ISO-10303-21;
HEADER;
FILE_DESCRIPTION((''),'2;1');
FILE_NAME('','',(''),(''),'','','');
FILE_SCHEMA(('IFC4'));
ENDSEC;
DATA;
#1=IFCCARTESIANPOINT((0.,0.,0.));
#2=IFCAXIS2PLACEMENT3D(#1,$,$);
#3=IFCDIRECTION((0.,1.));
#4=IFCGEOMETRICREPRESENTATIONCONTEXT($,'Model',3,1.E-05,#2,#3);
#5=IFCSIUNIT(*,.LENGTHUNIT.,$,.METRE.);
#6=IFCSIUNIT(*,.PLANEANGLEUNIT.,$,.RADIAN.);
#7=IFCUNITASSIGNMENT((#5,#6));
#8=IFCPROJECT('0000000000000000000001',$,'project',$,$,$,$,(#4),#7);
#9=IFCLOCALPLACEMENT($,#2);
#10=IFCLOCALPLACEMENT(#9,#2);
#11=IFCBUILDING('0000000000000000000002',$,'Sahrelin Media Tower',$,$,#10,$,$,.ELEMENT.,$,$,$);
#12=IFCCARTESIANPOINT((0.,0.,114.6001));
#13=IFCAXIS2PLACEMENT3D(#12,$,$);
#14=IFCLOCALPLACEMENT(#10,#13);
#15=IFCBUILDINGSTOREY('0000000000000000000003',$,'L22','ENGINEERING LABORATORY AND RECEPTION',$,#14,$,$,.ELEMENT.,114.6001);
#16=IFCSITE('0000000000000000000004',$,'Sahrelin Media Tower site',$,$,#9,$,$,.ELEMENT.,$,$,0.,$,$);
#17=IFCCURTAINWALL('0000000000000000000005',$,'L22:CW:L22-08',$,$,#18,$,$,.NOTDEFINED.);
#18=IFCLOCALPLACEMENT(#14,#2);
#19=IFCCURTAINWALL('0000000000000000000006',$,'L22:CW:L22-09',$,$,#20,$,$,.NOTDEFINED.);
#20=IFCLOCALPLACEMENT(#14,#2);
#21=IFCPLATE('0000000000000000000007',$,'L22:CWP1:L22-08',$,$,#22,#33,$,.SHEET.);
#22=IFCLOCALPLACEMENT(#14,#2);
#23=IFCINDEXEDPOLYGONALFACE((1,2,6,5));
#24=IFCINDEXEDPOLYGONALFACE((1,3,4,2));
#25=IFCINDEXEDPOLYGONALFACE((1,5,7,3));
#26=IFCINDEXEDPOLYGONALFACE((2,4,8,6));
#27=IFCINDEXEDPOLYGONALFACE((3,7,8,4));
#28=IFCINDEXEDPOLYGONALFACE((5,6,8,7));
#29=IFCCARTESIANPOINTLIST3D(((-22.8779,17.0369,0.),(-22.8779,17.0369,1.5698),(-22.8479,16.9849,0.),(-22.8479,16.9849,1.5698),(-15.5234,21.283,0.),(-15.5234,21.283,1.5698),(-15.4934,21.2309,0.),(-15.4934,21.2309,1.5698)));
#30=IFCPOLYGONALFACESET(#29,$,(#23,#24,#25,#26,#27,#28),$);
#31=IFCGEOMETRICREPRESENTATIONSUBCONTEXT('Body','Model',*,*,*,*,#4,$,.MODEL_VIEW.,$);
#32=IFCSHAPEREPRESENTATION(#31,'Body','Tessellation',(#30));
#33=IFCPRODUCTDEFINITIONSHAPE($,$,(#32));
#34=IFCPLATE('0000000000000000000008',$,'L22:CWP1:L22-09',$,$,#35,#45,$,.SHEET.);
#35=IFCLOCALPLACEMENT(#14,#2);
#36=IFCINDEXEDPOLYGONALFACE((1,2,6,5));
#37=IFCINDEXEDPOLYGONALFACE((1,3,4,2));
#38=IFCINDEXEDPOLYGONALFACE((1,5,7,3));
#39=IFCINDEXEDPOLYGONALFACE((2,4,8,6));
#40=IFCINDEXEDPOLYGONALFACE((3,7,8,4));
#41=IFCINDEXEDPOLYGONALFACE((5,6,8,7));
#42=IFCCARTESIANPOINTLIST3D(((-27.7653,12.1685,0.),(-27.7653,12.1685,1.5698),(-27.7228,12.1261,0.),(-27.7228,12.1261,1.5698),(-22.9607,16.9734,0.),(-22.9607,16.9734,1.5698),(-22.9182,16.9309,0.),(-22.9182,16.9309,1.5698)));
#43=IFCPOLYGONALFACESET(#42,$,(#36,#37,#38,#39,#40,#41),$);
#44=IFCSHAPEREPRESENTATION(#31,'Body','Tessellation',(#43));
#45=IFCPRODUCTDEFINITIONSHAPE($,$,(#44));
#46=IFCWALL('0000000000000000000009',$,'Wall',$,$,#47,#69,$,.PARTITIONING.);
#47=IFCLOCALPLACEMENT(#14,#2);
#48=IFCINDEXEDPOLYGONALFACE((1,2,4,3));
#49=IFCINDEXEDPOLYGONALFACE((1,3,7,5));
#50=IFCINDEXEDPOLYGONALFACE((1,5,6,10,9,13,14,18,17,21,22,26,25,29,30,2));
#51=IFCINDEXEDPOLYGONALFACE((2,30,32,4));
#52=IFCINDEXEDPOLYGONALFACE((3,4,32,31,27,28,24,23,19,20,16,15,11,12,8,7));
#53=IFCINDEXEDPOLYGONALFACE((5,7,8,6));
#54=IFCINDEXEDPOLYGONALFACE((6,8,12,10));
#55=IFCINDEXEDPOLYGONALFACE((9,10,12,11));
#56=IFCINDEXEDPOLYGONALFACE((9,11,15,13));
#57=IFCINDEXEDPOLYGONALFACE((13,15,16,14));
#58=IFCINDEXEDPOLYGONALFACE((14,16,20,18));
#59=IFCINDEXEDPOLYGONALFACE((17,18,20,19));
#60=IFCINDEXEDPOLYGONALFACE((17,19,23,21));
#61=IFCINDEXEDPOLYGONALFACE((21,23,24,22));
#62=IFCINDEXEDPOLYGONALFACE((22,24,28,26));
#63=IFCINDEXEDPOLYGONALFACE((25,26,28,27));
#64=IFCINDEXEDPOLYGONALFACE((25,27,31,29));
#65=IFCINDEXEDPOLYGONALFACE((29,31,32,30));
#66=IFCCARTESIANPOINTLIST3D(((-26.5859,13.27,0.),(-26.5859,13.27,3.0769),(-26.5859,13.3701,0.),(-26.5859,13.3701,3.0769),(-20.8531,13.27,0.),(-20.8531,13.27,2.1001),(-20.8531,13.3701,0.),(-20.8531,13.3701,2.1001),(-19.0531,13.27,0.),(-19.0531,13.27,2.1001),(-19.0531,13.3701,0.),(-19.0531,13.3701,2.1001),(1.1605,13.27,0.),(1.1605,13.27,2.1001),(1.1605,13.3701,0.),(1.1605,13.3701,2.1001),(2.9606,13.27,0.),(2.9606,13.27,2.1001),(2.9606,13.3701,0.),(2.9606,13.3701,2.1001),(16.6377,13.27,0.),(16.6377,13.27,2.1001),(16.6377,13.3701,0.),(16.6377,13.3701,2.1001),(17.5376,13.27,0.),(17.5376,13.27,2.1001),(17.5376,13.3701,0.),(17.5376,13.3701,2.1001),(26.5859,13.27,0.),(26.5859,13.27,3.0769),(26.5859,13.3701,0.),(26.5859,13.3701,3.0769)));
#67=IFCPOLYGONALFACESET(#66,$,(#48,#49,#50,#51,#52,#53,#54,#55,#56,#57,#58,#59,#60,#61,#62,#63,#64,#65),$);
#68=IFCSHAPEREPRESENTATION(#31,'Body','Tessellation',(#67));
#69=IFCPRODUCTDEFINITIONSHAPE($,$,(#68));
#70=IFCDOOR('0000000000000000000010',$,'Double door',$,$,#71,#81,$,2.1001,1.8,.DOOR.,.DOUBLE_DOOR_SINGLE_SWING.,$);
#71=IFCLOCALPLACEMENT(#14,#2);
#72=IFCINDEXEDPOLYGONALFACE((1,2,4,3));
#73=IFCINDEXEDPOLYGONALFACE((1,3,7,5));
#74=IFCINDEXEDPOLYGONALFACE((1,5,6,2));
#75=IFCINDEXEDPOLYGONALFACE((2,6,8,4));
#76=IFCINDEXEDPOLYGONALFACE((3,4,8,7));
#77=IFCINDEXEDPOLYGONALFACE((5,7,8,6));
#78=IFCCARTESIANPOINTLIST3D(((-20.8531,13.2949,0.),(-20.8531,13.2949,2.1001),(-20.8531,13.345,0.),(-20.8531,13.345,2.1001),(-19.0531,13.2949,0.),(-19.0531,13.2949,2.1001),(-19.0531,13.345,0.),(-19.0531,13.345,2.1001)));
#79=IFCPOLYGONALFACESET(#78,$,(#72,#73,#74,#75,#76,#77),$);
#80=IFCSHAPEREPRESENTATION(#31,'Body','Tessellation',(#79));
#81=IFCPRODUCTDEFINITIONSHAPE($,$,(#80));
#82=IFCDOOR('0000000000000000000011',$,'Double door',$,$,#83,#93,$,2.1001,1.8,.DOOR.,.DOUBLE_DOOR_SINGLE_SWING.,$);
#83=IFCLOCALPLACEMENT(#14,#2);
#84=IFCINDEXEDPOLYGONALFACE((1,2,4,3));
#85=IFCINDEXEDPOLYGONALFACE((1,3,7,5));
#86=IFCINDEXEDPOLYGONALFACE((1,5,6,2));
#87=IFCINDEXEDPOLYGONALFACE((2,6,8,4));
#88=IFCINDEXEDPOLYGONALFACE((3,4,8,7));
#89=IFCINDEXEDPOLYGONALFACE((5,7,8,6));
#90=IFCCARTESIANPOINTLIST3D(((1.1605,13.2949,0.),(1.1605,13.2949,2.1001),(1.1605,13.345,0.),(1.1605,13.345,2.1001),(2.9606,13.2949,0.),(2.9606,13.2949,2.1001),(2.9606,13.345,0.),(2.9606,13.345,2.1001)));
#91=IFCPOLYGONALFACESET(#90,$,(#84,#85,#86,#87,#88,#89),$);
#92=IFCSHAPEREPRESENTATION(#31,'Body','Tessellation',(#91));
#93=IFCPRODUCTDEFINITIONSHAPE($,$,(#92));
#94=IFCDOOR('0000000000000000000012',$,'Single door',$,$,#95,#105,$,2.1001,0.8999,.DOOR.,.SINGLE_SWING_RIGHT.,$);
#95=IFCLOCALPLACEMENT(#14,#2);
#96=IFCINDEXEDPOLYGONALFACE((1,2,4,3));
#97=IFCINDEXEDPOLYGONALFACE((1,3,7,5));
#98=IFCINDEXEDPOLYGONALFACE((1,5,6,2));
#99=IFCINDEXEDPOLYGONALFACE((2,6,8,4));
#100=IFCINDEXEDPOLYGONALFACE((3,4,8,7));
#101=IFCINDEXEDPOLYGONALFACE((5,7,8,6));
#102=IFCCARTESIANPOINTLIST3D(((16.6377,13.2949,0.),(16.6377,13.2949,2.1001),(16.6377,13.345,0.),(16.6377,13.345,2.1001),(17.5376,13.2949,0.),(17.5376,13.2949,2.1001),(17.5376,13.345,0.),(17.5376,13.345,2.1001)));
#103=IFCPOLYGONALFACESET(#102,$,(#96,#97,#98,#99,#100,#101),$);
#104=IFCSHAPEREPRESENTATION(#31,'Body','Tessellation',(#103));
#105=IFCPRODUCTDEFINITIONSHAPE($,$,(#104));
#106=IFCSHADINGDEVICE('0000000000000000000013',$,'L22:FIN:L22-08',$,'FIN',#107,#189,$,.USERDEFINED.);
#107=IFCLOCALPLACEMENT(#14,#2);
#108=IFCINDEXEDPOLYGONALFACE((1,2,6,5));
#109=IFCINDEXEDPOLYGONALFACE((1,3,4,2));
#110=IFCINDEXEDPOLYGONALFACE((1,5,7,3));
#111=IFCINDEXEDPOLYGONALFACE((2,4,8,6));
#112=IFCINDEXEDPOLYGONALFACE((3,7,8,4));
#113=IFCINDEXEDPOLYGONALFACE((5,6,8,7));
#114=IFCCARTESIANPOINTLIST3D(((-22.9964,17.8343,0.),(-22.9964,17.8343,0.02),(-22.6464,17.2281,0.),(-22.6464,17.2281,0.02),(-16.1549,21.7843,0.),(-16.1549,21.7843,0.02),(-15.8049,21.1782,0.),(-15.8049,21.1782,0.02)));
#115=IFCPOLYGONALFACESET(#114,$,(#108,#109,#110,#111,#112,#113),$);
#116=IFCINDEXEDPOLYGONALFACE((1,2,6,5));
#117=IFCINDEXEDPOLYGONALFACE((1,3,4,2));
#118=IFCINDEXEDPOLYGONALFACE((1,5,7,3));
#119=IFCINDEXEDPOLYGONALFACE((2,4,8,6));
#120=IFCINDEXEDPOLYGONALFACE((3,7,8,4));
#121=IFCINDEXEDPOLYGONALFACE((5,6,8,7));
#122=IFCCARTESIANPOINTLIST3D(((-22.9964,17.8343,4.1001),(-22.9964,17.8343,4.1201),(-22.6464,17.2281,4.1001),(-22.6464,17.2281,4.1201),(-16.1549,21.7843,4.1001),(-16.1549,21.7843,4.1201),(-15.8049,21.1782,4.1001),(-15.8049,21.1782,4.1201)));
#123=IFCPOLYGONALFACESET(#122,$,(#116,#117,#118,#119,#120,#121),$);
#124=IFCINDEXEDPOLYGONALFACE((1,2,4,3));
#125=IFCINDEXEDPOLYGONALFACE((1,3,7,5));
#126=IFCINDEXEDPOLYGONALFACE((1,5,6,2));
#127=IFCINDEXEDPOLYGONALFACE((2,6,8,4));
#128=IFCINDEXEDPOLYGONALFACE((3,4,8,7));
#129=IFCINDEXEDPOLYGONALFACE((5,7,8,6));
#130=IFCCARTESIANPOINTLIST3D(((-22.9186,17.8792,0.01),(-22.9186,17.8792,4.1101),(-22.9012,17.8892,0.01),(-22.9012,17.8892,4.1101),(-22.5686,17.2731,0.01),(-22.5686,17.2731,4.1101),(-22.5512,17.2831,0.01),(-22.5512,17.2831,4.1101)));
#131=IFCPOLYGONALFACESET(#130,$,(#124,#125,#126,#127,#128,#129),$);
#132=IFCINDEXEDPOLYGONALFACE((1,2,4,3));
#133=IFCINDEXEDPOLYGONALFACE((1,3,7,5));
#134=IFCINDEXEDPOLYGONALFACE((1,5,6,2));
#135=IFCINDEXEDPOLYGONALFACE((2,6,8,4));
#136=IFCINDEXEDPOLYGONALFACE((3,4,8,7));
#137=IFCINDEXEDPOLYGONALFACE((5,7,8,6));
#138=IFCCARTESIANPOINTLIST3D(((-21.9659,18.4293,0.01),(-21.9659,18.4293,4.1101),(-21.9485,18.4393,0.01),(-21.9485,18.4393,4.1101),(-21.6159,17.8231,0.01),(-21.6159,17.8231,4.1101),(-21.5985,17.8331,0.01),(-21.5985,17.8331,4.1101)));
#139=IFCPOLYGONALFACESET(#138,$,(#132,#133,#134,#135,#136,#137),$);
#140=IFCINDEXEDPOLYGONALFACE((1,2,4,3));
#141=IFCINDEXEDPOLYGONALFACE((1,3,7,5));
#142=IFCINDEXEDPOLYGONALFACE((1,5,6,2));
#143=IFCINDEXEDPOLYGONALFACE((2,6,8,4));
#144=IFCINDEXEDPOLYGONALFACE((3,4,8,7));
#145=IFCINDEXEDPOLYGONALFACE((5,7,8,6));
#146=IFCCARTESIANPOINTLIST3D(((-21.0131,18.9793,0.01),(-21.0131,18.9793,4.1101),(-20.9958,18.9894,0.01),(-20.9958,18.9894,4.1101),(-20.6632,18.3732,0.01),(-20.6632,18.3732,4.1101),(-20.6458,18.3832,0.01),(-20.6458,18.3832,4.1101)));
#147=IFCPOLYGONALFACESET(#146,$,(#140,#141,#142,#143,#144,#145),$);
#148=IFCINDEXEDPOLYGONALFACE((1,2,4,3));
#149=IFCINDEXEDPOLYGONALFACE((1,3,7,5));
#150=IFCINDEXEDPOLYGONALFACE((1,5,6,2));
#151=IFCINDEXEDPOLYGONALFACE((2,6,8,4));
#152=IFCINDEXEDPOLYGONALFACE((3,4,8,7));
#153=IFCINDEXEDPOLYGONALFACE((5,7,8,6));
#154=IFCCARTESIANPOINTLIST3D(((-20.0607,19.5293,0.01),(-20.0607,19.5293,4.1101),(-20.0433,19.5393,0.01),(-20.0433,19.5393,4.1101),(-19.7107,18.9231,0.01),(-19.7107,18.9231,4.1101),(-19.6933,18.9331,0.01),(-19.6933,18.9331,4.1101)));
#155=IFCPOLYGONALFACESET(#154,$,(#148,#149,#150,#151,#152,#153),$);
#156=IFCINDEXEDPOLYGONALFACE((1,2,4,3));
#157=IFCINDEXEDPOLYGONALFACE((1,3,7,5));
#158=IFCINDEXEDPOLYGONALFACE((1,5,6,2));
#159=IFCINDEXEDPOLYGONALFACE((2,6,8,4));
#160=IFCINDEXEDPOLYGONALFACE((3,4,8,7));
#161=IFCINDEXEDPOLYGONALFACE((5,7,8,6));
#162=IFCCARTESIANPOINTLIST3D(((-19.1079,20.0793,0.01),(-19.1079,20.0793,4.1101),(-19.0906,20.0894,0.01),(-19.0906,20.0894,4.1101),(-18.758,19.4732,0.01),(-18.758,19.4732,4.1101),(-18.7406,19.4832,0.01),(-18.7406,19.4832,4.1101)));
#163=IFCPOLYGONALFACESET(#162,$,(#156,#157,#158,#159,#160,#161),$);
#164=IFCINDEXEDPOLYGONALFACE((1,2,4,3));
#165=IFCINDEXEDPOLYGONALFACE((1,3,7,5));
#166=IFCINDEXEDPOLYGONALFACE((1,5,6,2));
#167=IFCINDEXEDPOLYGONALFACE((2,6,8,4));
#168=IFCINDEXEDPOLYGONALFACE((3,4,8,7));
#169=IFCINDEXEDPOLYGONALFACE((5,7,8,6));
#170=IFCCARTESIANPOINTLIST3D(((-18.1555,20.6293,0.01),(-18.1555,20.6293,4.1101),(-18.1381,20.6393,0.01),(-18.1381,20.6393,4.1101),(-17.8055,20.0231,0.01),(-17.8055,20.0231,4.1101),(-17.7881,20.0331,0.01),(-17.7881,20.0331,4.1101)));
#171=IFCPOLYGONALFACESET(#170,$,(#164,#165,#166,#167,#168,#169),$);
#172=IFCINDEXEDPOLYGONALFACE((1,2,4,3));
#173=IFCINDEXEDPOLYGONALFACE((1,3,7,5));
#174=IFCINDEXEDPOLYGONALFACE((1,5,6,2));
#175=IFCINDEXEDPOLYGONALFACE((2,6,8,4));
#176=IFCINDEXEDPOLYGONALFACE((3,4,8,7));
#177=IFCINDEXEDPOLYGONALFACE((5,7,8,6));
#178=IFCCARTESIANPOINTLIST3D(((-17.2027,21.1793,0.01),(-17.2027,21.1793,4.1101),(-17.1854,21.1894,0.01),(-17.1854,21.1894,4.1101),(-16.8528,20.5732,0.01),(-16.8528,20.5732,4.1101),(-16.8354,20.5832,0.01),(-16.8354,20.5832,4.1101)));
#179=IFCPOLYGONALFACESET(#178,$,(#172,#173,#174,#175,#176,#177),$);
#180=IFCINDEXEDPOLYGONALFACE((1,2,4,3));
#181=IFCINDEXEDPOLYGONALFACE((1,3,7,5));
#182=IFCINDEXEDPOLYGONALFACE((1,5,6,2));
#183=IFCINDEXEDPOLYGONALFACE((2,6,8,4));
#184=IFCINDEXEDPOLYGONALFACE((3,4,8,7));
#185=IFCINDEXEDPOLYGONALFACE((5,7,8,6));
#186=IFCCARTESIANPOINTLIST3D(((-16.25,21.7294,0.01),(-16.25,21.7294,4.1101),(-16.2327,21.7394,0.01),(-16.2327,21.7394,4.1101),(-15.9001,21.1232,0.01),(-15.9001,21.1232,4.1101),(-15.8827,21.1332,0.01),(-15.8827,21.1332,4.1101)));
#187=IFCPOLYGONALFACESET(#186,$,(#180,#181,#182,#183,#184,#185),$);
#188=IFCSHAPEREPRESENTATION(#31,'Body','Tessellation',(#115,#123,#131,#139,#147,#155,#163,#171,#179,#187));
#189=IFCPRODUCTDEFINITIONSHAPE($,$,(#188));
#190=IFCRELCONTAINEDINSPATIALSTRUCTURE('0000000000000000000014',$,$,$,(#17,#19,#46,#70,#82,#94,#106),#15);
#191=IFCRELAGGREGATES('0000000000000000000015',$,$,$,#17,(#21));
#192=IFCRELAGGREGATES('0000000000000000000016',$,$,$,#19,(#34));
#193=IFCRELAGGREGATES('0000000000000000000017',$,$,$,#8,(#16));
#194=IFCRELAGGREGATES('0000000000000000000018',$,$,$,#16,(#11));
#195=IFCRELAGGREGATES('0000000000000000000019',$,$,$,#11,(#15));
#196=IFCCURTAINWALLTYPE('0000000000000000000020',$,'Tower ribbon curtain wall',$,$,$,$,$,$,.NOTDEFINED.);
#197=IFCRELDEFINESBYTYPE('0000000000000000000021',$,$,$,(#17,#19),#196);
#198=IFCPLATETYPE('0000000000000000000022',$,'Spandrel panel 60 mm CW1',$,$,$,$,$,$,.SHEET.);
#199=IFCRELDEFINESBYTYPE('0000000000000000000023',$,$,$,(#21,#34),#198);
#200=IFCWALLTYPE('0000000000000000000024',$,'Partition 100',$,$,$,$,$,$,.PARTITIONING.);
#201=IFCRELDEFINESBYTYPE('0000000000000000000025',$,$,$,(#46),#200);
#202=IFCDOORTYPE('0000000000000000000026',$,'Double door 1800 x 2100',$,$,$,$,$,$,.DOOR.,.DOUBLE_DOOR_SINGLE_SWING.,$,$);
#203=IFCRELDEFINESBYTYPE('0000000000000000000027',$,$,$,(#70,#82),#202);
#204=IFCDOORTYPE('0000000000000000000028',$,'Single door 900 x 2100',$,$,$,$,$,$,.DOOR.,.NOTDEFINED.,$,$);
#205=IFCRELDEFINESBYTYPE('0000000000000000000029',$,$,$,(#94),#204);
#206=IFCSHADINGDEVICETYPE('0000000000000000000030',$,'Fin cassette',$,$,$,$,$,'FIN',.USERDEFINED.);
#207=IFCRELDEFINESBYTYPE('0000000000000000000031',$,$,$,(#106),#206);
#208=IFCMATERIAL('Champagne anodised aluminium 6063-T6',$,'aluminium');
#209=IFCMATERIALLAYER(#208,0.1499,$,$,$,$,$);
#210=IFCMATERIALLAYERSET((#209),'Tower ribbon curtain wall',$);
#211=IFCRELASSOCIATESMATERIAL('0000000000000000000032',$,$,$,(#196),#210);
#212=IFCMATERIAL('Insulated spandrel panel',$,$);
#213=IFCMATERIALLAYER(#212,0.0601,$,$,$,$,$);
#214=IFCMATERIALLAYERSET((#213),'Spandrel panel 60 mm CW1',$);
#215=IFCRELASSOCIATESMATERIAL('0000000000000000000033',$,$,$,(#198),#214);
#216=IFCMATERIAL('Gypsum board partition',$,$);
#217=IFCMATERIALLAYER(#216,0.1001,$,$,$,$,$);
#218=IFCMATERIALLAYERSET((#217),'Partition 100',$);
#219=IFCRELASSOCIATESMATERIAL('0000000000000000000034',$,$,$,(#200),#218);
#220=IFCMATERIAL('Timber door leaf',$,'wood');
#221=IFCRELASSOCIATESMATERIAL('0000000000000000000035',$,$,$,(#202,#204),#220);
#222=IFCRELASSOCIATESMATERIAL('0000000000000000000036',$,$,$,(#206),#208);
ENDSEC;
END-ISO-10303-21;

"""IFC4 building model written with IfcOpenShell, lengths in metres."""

from ifc_helpers import new_model, si_unit, direction, frame, frame_2d, origin, origin_2d, place, context, subcontext, project, spatial, polyline, rectangle, outline, extrude, material, layer, layer_set, type_object, element, fill, aggregate, save


model = new_model("IFC4")

# Units and contexts
model_context = context("Model", 3, precision=1e-05, world=origin(), true_north=direction((0.0, 1.0)))
body_context = subcontext(model_context, "Body", "Model", "MODEL_VIEW")
ifc_project = project(units=[si_unit("LENGTHUNIT", "METRE"), si_unit("PLANEANGLEUNIT", "RADIAN")], contexts=[model_context])

# Site, building, storey
site_placement = place(None, origin())
site = spatial("IfcSite", under=ifc_project, at=site_placement, Name="Sahrelin Media Tower site", CompositionType="ELEMENT", RefElevation=0.0)
building_placement = place(site_placement, origin())
building = spatial("IfcBuilding", under=site, at=building_placement, Name="Sahrelin Media Tower", CompositionType="ELEMENT")
storey_placement = place(building_placement, frame((0.0, 0.0, 114.6001)))
storey = spatial("IfcBuildingStorey", under=building, at=storey_placement, Name="L22", Description="ENGINEERING LABORATORY AND RECEPTION", CompositionType="ELEMENT", Elevation=114.6001)

# Curtain walls
ifc_material_1 = material(Name="Champagne anodised aluminium 6063-T6", Category="aluminium")
ifc_layer_1 = layer(ifc_material_1, 0.1499)
ifc_layer_set_1 = layer_set([ifc_layer_1], Name="Tower ribbon curtain wall")
curtain_wall_type = type_object("IfcCurtainWallType", Name="Tower ribbon curtain wall", PredefinedType="NOTDEFINED", material=ifc_layer_set_1)
curtain_wall_1_placement = place(storey_placement, frame((-19.1907, 19.1426, 0.0), z_axis=(0.0, 0.0, 1.0), x_axis=(1.0, 0.0, 0.0)))
curtain_wall_1 = element("IfcCurtainWall", 1, at=curtain_wall_1_placement, inside=storey, type_object=curtain_wall_type, Name="L22:CW:L22-08", PredefinedType="NOTDEFINED")
curtain_wall_2_placement = place(storey_placement, frame((-25.3489, 14.5569, 0.0), z_axis=(0.0, 0.0, 1.0), x_axis=(1.0, 0.0, 0.0)))
curtain_wall_2 = element("IfcCurtainWall", 2, at=curtain_wall_2_placement, inside=storey, type_object=curtain_wall_type, Name="L22:CW:L22-09", PredefinedType="NOTDEFINED")

# Plates
ifc_material_2 = material(Name="Insulated spandrel panel")
ifc_layer_2 = layer(ifc_material_2, 0.0601)
ifc_layer_set_2 = layer_set([ifc_layer_2], Name="Spandrel panel 60 mm CW1")
plate_type_1 = type_object("IfcPlateType", Name="Spandrel panel 60 mm CW1", PredefinedType="SHEET", material=ifc_layer_set_2)
plate_1_placement = place(storey_placement, frame((-15.5234, 21.283, 0.0), z_axis=(-0.499998, 0.866027, 0.0), x_axis=(-0.866027, -0.499998, 0.0)))
plate_1 = element("IfcPlate", 3, at=plate_1_placement, type_object=plate_type_1, Name="L22:CWP1:L22-08", PredefinedType="SHEET", context=body_context, shape_type="SweptSolid", body=[
    extrude(outline(polyline([(0.0, 0.0), (8.4922, 0.0), (8.4922, 1.5698), (0.0, 1.5698), (0.0, 0.0)])), origin(), (0.0, 0.0, -1.0), 0.0601),
])
aggregate(curtain_wall_1, [plate_1])
plate_2_placement = place(storey_placement, frame((-22.9607, 16.9734, 0.0), z_axis=(-0.707125, 0.707089, 0.0), x_axis=(-0.707089, -0.707125, 0.0)))
plate_2 = element("IfcPlate", 4, at=plate_2_placement, type_object=plate_type_1, Name="L22:CWP1:L22-09", PredefinedType="SHEET", context=body_context, shape_type="SweptSolid", body=[
    extrude(outline(polyline([(0.0, 0.0), (6.7949, 0.0), (6.7949, 1.5698), (0.0, 1.5698), (0.0, 0.0)])), origin(), (0.0, 0.0, -1.0), 0.0601),
])
aggregate(curtain_wall_2, [plate_2])

# Wall, openings, doors
ifc_material_3 = material(Name="Gypsum board partition")
ifc_layer_3 = layer(ifc_material_3, 0.1001)
ifc_layer_set_3 = layer_set([ifc_layer_3], Name="Partition 100")
wall_type = type_object("IfcWallType", Name="Partition 100", PredefinedType="PARTITIONING", material=ifc_layer_set_3)
wall_placement = place(storey_placement, frame((-26.5859, 13.3201, 0.0), z_axis=(0.0, 0.0, 1.0), x_axis=(1.0, 0.0, 0.0)))
wall = element("IfcWall", 5, at=wall_placement, inside=storey, type_object=wall_type, Name="Wall", PredefinedType="PARTITIONING", context=body_context, shape_type="SweptSolid", body=[
    extrude(rectangle(XDim=53.1719, YDim=0.1001, at=frame_2d((26.5859, 0.0))), origin(), (0.0, 0.0, 1.0), 3.0769),
])
opening_1_placement = place(wall_placement, frame((5.7329, 0.0, 0.0)))
opening_1 = element("IfcOpeningElement", 6, at=opening_1_placement, cuts=wall, PredefinedType="OPENING", context=body_context, shape_type="SweptSolid", body=[
    extrude(rectangle(XDim=1.8, YDim=2.1001, at=frame_2d((0.8999, 1.05))), frame((0.0, 0.05, 0.0), z_axis=(0.0, -1.0, 0.0), x_axis=(1.0, 0.0, 0.0)), (0.0, 0.0, 1.0), 0.1001),
])
opening_2_placement = place(wall_placement, frame((43.2236, 0.0, 0.0)))
opening_2 = element("IfcOpeningElement", 7, at=opening_2_placement, cuts=wall, PredefinedType="OPENING", context=body_context, shape_type="SweptSolid", body=[
    extrude(rectangle(XDim=0.8999, YDim=2.1001, at=frame_2d((0.45, 1.05))), frame((0.0, 0.05, 0.0), z_axis=(0.0, -1.0, 0.0), x_axis=(1.0, 0.0, 0.0)), (0.0, 0.0, 1.0), 0.1001),
])
opening_3_placement = place(wall_placement, frame((27.7466, 0.0, 0.0)))
opening_3 = element("IfcOpeningElement", 8, at=opening_3_placement, cuts=wall, PredefinedType="OPENING", context=body_context, shape_type="SweptSolid", body=[
    extrude(rectangle(XDim=1.8, YDim=2.1001, at=frame_2d((0.8999, 1.05))), frame((0.0, 0.05, 0.0), z_axis=(0.0, -1.0, 0.0), x_axis=(1.0, 0.0, 0.0)), (0.0, 0.0, 1.0), 0.1001),
])
ifc_material_4 = material(Name="Timber door leaf", Category="wood")
door_type_1 = type_object("IfcDoorType", Name="Double door 1800 x 2100", OperationType="DOUBLE_DOOR_SINGLE_SWING", PredefinedType="DOOR", material=ifc_material_4)
door_1_placement = place(opening_1_placement, origin())
door_1 = element("IfcDoor", 9, at=door_1_placement, inside=storey, type_object=door_type_1, Name="Double door", OperationType="DOUBLE_DOOR_SINGLE_SWING", OverallHeight=2.1001, OverallWidth=1.8, PredefinedType="DOOR", context=body_context, shape_type="SweptSolid", body=[
    extrude(rectangle(XDim=1.8, YDim=2.1001, at=frame_2d((0.8999, 1.05))), frame((0.0, 0.0249, 0.0), z_axis=(0.0, -1.0, 0.0), x_axis=(1.0, 0.0, 0.0)), (0.0, 0.0, 1.0), 0.05),
])
fill(opening_1, door_1)
door_2_placement = place(opening_3_placement, origin())
door_2 = element("IfcDoor", 10, at=door_2_placement, inside=storey, type_object=door_type_1, Name="Double door", OperationType="DOUBLE_DOOR_SINGLE_SWING", OverallHeight=2.1001, OverallWidth=1.8, PredefinedType="DOOR", context=body_context, shape_type="SweptSolid", body=[
    extrude(rectangle(XDim=1.8, YDim=2.1001, at=frame_2d((0.8999, 1.05))), frame((0.0, 0.0249, 0.0), z_axis=(0.0, -1.0, 0.0), x_axis=(1.0, 0.0, 0.0)), (0.0, 0.0, 1.0), 0.05),
])
fill(opening_3, door_2)
door_type_2 = type_object("IfcDoorType", Name="Single door 900 x 2100", OperationType="NOTDEFINED", PredefinedType="DOOR", material=ifc_material_4)
door_3_placement = place(opening_2_placement, origin())
door_3 = element("IfcDoor", 11, at=door_3_placement, inside=storey, type_object=door_type_2, Name="Single door", OperationType="SINGLE_SWING_RIGHT", OverallHeight=2.1001, OverallWidth=0.8999, PredefinedType="DOOR", context=body_context, shape_type="SweptSolid", body=[
    extrude(rectangle(XDim=0.8999, YDim=2.1001, at=frame_2d((0.45, 1.05))), frame((0.0, 0.0249, 0.0), z_axis=(0.0, -1.0, 0.0), x_axis=(1.0, 0.0, 0.0)), (0.0, 0.0, 1.0), 0.05),
])
fill(opening_2, door_3)

# Shading device
shading_device_type_1 = type_object("IfcShadingDeviceType", Name="Fin cassette", ElementType="FIN", PredefinedType="USERDEFINED", material=ifc_material_1)
placement_1 = place(storey_placement, frame((-19.1907, 19.1426, 0.0), z_axis=(0.0, 0.0, 1.0), x_axis=(0.866019, 0.500011, 0.0)))
element("IfcShadingDevice", 12, at=placement_1, inside=storey, type_object=shading_device_type_1, Name="L22:FIN:L22-08", ObjectType="FIN", PredefinedType="USERDEFINED", context=body_context, shape_type="SweptSolid", body=[
    extrude(rectangle(XDim=7.8999, YDim=0.7, at=origin_2d()), frame((0.0, 0.4199, 0.0)), (0.0, 0.0, 1.0), 0.02),
    extrude(rectangle(XDim=7.8999, YDim=0.7, at=origin_2d()), frame((0.0, 0.4199, 4.1001)), (0.0, 0.0, 1.0), 0.02),
    extrude(rectangle(XDim=0.02, YDim=0.7, at=origin_2d()), frame((-3.8501, 0.4199, 0.01), z_axis=(0.0, 0.0, 1.0), x_axis=(1.0, 0.0, 0.0)), (0.0, 0.0, 1.0), 4.1001),
    extrude(rectangle(XDim=0.02, YDim=0.7, at=origin_2d()), frame((-2.75, 0.4199, 0.01), z_axis=(0.0, 0.0, 1.0), x_axis=(1.0, 0.0, 0.0)), (0.0, 0.0, 1.0), 4.1001),
    extrude(rectangle(XDim=0.02, YDim=0.7, at=origin_2d()), frame((-1.6499, 0.4199, 0.01), z_axis=(0.0, 0.0, 1.0), x_axis=(1.0, 0.0, 0.0)), (0.0, 0.0, 1.0), 4.1001),
    extrude(rectangle(XDim=0.02, YDim=0.7, at=origin_2d()), frame((-0.55, 0.4199, 0.01), z_axis=(0.0, 0.0, 1.0), x_axis=(1.0, 0.0, 0.0)), (0.0, 0.0, 1.0), 4.1001),
    extrude(rectangle(XDim=0.02, YDim=0.7, at=origin_2d()), frame((0.55, 0.4199, 0.01), z_axis=(0.0, 0.0, 1.0), x_axis=(1.0, 0.0, 0.0)), (0.0, 0.0, 1.0), 4.1001),
    extrude(rectangle(XDim=0.02, YDim=0.7, at=origin_2d()), frame((1.6499, 0.4199, 0.01), z_axis=(0.0, 0.0, 1.0), x_axis=(1.0, 0.0, 0.0)), (0.0, 0.0, 1.0), 4.1001),
    extrude(rectangle(XDim=0.02, YDim=0.7, at=origin_2d()), frame((2.75, 0.4199, 0.01), z_axis=(0.0, 0.0, 1.0), x_axis=(1.0, 0.0, 0.0)), (0.0, 0.0, 1.0), 4.1001),
    extrude(rectangle(XDim=0.02, YDim=0.7, at=origin_2d()), frame((3.8501, 0.4199, 0.01), z_axis=(0.0, 0.0, 1.0), x_axis=(1.0, 0.0, 0.0)), (0.0, 0.0, 1.0), 4.1001),
])

save(model, "model.ifc")
